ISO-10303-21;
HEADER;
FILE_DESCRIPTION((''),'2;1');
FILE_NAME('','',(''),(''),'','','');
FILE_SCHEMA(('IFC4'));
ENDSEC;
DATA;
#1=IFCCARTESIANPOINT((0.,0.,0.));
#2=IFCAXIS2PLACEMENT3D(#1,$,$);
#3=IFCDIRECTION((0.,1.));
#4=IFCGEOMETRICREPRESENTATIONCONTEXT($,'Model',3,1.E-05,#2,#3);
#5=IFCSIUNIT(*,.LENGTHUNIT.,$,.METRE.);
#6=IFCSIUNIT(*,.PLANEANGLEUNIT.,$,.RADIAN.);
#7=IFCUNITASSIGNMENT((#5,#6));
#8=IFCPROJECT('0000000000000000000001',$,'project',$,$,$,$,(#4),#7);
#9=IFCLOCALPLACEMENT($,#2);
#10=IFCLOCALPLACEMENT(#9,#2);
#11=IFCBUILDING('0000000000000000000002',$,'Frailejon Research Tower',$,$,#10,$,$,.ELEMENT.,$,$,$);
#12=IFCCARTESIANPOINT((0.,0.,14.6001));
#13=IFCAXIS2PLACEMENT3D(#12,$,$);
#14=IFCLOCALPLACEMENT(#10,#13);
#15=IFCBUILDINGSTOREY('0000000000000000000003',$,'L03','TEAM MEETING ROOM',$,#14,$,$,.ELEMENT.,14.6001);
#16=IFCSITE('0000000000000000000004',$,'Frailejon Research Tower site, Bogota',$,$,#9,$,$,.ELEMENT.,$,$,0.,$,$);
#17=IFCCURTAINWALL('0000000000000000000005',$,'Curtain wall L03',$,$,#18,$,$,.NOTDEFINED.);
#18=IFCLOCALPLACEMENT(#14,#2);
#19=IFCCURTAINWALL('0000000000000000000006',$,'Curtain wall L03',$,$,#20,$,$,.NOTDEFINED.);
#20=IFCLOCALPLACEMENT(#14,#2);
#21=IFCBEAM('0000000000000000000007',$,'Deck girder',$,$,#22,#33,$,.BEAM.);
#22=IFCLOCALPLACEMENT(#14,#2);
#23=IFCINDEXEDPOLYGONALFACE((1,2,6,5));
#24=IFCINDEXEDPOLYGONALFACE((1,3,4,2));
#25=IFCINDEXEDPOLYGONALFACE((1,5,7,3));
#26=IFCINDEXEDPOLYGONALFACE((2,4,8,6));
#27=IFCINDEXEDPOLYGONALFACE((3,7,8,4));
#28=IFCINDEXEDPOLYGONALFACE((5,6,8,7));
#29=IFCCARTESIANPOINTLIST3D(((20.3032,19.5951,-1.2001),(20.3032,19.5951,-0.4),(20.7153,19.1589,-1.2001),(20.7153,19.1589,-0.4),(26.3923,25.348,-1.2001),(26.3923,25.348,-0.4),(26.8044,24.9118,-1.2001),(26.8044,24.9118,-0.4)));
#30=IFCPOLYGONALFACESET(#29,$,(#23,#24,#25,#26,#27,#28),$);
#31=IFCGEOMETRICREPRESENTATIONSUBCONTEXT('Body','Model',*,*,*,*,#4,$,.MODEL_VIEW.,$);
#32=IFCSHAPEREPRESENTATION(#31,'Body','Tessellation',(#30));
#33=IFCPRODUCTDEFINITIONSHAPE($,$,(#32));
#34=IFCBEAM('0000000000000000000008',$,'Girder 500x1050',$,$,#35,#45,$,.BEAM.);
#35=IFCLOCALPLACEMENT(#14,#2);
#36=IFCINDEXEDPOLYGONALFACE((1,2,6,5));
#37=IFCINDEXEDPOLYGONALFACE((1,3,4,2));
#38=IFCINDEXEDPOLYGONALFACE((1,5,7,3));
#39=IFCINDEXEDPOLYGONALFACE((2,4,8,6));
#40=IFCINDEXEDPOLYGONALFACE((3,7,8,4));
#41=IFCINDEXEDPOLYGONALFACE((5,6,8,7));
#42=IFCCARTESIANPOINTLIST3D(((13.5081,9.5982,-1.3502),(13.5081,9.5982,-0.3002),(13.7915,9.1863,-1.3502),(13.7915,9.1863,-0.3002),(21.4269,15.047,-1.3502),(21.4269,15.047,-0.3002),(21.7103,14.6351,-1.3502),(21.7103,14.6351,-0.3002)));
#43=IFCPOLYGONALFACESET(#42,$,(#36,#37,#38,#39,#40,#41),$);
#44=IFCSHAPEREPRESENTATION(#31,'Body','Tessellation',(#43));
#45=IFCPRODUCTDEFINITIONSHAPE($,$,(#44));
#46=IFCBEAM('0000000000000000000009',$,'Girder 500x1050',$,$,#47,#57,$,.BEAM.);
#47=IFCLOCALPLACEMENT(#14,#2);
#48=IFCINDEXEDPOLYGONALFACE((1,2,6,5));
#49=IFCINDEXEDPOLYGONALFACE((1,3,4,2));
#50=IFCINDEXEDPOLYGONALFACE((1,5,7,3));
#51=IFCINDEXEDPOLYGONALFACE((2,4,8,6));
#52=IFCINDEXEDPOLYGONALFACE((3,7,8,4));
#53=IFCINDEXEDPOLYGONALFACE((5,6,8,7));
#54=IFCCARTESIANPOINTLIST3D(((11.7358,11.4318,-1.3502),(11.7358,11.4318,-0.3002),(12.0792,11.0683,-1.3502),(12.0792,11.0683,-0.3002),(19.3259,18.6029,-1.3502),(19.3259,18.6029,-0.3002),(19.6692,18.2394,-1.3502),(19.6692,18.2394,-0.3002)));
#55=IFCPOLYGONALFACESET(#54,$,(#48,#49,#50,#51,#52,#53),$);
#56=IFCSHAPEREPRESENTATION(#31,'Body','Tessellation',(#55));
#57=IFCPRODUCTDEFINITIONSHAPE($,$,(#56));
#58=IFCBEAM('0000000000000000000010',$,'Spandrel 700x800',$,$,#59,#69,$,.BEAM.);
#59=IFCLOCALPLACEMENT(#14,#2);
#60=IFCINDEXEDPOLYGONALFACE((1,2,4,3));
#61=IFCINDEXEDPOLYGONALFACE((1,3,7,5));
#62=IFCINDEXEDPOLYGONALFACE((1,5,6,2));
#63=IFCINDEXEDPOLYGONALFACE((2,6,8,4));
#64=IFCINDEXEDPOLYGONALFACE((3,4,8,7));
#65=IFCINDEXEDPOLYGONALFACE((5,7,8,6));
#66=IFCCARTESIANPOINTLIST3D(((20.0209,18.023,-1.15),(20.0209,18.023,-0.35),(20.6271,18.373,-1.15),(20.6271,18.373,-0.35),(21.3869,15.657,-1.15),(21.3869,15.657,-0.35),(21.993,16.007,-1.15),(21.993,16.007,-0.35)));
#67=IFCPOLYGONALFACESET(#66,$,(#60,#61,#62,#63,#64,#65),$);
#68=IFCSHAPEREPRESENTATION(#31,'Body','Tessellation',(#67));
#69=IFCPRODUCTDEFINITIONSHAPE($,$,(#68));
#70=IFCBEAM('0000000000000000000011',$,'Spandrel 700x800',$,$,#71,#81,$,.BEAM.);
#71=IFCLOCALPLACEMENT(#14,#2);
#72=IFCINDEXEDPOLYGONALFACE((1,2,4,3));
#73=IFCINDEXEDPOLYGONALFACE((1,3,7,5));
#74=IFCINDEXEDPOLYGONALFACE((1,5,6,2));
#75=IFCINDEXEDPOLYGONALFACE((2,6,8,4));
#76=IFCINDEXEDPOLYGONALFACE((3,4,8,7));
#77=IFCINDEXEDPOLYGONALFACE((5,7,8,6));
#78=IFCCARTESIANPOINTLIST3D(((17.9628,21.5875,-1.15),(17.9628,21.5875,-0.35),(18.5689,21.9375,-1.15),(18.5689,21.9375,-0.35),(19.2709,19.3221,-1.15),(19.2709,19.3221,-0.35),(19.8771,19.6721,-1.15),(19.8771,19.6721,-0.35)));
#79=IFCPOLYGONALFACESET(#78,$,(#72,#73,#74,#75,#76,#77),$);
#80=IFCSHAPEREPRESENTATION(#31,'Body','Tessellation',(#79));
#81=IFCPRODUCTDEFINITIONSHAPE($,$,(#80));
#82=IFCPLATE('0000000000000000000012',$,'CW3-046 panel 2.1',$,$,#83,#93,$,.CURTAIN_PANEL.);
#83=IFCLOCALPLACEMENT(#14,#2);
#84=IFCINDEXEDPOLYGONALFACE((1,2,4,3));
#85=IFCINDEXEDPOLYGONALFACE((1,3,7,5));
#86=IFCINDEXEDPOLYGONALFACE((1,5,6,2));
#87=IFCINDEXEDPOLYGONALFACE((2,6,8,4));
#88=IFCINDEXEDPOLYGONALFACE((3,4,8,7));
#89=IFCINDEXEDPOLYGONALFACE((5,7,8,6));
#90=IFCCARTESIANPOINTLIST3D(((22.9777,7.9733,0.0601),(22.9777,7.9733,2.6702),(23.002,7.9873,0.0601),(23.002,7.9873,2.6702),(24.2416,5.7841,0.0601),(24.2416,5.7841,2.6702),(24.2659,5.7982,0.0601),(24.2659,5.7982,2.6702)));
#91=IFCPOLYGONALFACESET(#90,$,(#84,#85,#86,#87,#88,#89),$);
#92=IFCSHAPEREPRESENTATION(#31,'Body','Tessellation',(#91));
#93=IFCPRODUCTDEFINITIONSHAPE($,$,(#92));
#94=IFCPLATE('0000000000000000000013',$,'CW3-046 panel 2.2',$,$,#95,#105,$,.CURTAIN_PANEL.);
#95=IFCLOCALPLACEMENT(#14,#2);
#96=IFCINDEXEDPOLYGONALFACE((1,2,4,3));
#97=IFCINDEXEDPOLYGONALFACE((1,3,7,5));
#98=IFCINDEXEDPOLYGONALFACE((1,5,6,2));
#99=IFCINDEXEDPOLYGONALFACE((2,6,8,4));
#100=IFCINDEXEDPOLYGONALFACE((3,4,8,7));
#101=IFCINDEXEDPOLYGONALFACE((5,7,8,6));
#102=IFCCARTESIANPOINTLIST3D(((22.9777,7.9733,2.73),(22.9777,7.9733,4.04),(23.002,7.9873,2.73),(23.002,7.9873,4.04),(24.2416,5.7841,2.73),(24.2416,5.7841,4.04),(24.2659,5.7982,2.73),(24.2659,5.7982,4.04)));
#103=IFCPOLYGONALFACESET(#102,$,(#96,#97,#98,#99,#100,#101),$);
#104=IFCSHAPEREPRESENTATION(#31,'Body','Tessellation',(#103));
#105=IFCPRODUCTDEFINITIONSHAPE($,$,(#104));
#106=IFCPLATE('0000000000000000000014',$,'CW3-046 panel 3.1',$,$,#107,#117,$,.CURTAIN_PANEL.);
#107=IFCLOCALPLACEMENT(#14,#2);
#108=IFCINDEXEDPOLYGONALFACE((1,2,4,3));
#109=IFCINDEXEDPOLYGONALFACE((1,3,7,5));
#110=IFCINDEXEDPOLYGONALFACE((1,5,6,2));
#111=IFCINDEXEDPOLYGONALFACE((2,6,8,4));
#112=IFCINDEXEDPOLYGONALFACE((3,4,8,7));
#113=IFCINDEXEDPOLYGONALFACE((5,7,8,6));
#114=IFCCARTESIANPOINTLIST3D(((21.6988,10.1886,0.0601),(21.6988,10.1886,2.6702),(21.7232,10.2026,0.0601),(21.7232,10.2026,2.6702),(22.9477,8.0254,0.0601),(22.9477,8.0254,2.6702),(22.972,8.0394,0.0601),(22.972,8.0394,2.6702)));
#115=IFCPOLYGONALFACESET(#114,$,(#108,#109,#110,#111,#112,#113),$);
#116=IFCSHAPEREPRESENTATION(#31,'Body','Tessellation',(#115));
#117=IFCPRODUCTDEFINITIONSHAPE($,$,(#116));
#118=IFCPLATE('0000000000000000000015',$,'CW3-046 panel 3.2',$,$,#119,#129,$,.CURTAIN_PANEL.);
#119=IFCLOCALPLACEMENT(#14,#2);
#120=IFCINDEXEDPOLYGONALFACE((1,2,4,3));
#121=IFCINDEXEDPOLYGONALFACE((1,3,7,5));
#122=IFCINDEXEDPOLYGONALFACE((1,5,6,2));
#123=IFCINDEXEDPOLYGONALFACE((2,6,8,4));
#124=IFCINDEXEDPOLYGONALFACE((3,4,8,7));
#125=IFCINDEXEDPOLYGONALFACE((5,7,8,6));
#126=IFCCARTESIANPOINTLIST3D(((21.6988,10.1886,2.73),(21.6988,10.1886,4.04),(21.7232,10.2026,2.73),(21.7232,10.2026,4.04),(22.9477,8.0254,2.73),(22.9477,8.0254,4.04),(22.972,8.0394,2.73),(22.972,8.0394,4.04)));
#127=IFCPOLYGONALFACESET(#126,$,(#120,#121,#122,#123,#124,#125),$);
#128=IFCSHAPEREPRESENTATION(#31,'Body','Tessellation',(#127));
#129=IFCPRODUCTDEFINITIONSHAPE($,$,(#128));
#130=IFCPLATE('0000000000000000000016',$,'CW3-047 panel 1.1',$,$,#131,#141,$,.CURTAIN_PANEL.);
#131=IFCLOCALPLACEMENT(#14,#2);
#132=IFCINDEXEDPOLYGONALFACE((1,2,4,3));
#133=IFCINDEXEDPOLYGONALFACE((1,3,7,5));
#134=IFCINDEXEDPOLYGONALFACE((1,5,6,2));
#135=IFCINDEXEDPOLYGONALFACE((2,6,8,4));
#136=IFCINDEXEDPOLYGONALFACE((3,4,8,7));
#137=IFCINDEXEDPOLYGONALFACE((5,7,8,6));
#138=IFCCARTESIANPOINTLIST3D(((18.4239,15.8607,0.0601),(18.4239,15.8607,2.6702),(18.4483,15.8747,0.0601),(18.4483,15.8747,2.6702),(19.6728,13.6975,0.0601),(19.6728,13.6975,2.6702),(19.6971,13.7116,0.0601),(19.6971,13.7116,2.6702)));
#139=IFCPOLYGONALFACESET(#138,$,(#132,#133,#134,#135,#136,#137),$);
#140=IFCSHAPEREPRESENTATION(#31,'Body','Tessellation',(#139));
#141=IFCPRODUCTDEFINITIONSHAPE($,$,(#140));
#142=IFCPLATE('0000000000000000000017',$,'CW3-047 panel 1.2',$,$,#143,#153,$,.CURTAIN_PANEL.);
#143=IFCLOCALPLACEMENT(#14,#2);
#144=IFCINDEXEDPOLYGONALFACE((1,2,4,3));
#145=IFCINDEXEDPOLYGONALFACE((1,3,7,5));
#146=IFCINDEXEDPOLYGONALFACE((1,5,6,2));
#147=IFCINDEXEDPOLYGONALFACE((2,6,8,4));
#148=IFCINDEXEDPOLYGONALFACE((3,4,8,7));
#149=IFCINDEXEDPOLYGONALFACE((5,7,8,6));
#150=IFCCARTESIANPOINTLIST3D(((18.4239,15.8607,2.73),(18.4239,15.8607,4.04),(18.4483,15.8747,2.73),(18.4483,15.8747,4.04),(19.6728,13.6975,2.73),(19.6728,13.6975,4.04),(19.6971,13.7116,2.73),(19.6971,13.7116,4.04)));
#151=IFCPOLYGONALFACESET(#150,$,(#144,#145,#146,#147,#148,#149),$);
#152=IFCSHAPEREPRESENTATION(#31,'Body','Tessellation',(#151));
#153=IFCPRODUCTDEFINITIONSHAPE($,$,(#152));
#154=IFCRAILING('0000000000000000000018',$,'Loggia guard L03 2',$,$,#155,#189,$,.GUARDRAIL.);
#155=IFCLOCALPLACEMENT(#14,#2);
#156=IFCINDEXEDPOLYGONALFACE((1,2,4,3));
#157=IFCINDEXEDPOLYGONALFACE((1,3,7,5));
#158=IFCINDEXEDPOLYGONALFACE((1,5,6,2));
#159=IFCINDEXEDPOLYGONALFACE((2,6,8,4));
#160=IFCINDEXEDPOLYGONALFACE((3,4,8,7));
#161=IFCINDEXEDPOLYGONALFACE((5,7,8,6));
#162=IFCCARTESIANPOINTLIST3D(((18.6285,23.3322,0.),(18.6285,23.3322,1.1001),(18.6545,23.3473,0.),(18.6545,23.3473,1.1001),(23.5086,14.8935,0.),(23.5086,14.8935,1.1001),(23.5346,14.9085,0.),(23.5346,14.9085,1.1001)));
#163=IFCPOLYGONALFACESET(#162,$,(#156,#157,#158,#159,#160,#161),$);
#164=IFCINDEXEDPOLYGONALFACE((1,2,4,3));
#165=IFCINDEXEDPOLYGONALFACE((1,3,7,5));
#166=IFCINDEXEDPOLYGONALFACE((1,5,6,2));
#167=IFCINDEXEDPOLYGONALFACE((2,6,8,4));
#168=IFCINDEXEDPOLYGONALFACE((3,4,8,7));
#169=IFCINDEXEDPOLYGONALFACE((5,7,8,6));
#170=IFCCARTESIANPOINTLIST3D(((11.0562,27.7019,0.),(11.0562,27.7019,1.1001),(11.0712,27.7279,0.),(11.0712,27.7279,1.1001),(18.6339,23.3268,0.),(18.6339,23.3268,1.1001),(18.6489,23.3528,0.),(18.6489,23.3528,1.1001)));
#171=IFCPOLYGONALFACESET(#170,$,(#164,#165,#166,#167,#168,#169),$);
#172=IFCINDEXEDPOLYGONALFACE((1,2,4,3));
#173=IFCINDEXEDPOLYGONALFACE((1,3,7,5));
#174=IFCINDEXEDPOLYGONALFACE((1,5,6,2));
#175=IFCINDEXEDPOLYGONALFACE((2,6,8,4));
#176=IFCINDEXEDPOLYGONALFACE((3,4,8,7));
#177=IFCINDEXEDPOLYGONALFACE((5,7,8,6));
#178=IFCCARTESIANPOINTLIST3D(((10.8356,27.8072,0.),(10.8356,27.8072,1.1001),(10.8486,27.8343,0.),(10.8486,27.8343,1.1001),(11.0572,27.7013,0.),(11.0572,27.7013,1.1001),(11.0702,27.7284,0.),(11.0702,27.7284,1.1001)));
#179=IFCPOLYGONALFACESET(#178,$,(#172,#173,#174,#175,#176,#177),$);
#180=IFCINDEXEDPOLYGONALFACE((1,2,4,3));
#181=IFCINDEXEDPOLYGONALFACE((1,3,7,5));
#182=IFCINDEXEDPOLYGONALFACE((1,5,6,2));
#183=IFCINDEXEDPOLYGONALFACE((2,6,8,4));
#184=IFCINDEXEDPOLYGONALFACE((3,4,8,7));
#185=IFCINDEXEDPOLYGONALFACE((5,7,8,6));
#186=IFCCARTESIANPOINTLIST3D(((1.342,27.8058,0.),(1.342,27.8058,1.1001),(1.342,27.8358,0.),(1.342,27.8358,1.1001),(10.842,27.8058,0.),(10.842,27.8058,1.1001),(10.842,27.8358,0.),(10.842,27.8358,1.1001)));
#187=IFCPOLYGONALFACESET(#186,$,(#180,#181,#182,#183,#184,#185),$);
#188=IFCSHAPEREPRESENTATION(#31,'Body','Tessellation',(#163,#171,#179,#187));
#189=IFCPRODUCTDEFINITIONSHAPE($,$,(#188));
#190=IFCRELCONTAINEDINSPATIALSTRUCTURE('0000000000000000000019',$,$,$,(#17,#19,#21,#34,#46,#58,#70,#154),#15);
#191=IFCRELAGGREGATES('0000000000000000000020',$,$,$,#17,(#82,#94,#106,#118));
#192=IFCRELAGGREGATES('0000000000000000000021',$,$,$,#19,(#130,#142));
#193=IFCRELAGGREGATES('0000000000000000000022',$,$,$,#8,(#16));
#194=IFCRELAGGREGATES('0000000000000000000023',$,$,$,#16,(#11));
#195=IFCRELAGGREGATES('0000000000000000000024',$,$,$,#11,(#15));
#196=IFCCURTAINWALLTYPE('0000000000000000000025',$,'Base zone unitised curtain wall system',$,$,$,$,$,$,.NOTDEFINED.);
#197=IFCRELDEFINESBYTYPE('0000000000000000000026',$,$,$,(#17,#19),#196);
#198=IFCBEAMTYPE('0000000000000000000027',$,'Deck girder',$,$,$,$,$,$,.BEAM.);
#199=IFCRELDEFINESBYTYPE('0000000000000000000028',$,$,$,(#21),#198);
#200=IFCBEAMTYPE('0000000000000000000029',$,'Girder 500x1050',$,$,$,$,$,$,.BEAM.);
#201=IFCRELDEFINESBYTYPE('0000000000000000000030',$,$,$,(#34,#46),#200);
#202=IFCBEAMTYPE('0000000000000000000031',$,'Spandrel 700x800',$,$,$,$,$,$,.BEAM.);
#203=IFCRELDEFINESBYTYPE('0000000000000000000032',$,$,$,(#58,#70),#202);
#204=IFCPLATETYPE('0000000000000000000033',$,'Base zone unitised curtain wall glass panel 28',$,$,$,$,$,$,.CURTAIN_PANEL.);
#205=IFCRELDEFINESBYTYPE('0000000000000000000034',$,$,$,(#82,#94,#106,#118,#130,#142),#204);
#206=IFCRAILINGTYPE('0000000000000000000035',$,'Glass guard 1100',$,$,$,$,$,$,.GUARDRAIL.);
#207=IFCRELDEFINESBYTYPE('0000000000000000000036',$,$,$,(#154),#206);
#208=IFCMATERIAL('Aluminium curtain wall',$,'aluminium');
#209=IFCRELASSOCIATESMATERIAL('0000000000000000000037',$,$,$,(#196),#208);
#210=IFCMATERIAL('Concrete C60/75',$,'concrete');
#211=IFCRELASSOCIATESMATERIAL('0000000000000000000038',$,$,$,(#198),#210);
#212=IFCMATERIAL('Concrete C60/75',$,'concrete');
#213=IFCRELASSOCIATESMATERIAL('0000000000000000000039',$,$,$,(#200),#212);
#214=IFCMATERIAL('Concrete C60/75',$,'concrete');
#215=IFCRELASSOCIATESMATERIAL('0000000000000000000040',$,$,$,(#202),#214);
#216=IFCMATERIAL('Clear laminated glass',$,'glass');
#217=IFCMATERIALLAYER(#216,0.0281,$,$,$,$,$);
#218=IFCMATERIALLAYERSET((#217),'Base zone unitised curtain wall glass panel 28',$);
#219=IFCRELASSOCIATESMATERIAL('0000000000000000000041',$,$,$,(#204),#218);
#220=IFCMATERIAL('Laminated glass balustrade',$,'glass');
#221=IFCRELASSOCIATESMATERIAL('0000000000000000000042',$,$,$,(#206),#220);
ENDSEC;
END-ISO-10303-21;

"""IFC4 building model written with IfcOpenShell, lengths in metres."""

from ifc_helpers import new_model, si_unit, direction, frame, origin, origin_2d, place, context, subcontext, project, spatial, rectangle, extrude, material, layer, layer_set, material_profile, profile_set, type_object, element, aggregate, save


model = new_model("IFC4")

# Units and contexts
model_context = context("Model", 3, precision=1e-05, world=origin(), true_north=direction((0.0, 1.0)))
body_context = subcontext(model_context, "Body", "Model", "MODEL_VIEW")
ifc_project = project(units=[si_unit("LENGTHUNIT", "METRE"), si_unit("PLANEANGLEUNIT", "RADIAN")], contexts=[model_context])

# Site, building, storey
site_placement = place(None, origin())
site = spatial("IfcSite", under=ifc_project, at=site_placement, Name="Frailejon Research Tower site, Bogota", CompositionType="ELEMENT", RefElevation=0.0)
building_placement = place(site_placement, origin())
building = spatial("IfcBuilding", under=site, at=building_placement, Name="Frailejon Research Tower", CompositionType="ELEMENT")
storey_placement = place(building_placement, frame((0.0, 0.0, 14.6001)))
storey = spatial("IfcBuildingStorey", under=building, at=storey_placement, Name="L03", Description="TEAM MEETING ROOM", CompositionType="ELEMENT", Elevation=14.6001)

# Curtain walls
ifc_material_1 = material(Name="Aluminium curtain wall", Category="aluminium")
curtain_wall_type = type_object("IfcCurtainWallType", Name="Base zone unitised curtain wall system", PredefinedType="NOTDEFINED", material=ifc_material_1)
curtain_wall_1_placement = place(storey_placement, origin())
curtain_wall_1 = element("IfcCurtainWall", 1, at=curtain_wall_1_placement, inside=storey, type_object=curtain_wall_type, Name="Curtain wall L03", PredefinedType="NOTDEFINED")
curtain_wall_2_placement = place(storey_placement, origin())
curtain_wall_2 = element("IfcCurtainWall", 2, at=curtain_wall_2_placement, inside=storey, type_object=curtain_wall_type, Name="Curtain wall L03", PredefinedType="NOTDEFINED")

# Beams
ifc_material_2 = material(Name="Concrete C60/75", Category="concrete")
ifc_material_profile_1 = material_profile(ifc_material_2, rectangle(XDim=0.6001, YDim=0.8, at=origin_2d()), Name="Deck girder")
ifc_profile_set_1 = profile_set([ifc_material_profile_1], Name="Concrete C60/75")
beam_type_1 = type_object("IfcBeamType", Name="Deck girder", PredefinedType="BEAM", material=ifc_profile_set_1)
beam_1_placement = place(storey_placement, frame((20.5093, 19.377, -0.8), z_axis=(0.726888, 0.686756, 0.0), x_axis=(-0.686756, 0.726888, 0.0)))
element("IfcBeam", 3, at=beam_1_placement, inside=storey, type_object=beam_type_1, Name="Deck girder", PredefinedType="BEAM", context=body_context, shape_type="SweptSolid", body=[
    extrude(rectangle(XDim=0.6001, YDim=0.8, at=origin_2d()), origin(), (0.0, 0.0, 1.0), 8.377),
])
ifc_material_3 = material(Name="Concrete C60/75", Category="concrete")
ifc_material_profile_2 = material_profile(ifc_material_3, rectangle(XDim=0.5, YDim=1.05, at=origin_2d()), Name="Girder 500x1050")
ifc_profile_set_2 = profile_set([ifc_material_profile_2], Name="Concrete C60/75")
beam_type_2 = type_object("IfcBeamType", Name="Girder 500x1050", PredefinedType="BEAM", material=ifc_profile_set_2)
beam_2_placement = place(storey_placement, frame((21.5686, 14.8411, -0.8252), z_axis=(-0.823817, -0.566855, 0.0), x_axis=(0.566855, -0.823817, 0.0)))
element("IfcBeam", 4, at=beam_2_placement, inside=storey, type_object=beam_type_2, Name="Girder 500x1050", PredefinedType="BEAM", context=body_context, shape_type="SweptSolid", body=[
    extrude(rectangle(XDim=0.5, YDim=1.05, at=origin_2d()), origin(), (0.0, 0.0, 1.0), 9.6123),
])
beam_3_placement = place(storey_placement, frame((19.4976, 18.4211, -0.8252), z_axis=(-0.726883, -0.686762, 0.0), x_axis=(0.686762, -0.726883, 0.0)))
element("IfcBeam", 5, at=beam_3_placement, inside=storey, type_object=beam_type_2, Name="Girder 500x1050", PredefinedType="BEAM", context=body_context, shape_type="SweptSolid", body=[
    extrude(rectangle(XDim=0.5, YDim=1.05, at=origin_2d()), origin(), (0.0, 0.0, 1.0), 10.4419),
])
ifc_material_4 = material(Name="Concrete C60/75", Category="concrete")
ifc_material_profile_3 = material_profile(ifc_material_4, rectangle(XDim=0.7, YDim=0.8, at=origin_2d()), Name="Spandrel 700x800")
ifc_profile_set_3 = profile_set([ifc_material_profile_3], Name="Concrete C60/75")
beam_type_3 = type_object("IfcBeamType", Name="Spandrel 700x800", PredefinedType="BEAM", material=ifc_profile_set_3)
beam_4_placement = place(storey_placement, frame((21.6899, 15.832, -0.75), z_axis=(-0.499993, 0.866029, 0.0), x_axis=(-0.866029, -0.499993, 0.0)))
element("IfcBeam", 6, at=beam_4_placement, inside=storey, type_object=beam_type_3, Name="Spandrel 700x800", PredefinedType="BEAM", context=body_context, shape_type="SweptSolid", body=[
    extrude(rectangle(XDim=0.7, YDim=0.8, at=origin_2d()), origin(), (0.0, 0.0, 1.0), 2.7319),
])
beam_5_placement = place(storey_placement, frame((19.574, 19.4971, -0.75), z_axis=(-0.500054, 0.865994, 0.0), x_axis=(-0.865994, -0.500054, 0.0)))
element("IfcBeam", 7, at=beam_5_placement, inside=storey, type_object=beam_type_3, Name="Spandrel 700x800", PredefinedType="BEAM", context=body_context, shape_type="SweptSolid", body=[
    extrude(rectangle(XDim=0.7, YDim=0.8, at=origin_2d()), origin(), (0.0, 0.0, 1.0), 2.616),
])

# Plates
ifc_material_5 = material(Name="Clear laminated glass", Category="glass")
ifc_layer_1 = layer(ifc_material_5, 0.0281)
ifc_layer_set_1 = layer_set([ifc_layer_1], Name="Base zone unitised curtain wall glass panel 28")
plate_type = type_object("IfcPlateType", Name="Base zone unitised curtain wall glass panel 28", PredefinedType="CURTAIN_PANEL", material=ifc_layer_set_1)
plate_1_placement = place(storey_placement, frame((23.6218, 6.8857, 0.0601), z_axis=(0.0, 0.0, 1.0), x_axis=(-0.499993, 0.866029, 0.0)))
plate_1 = element("IfcPlate", 8, at=plate_1_placement, type_object=plate_type, Name="CW3-046 panel 2.1", PredefinedType="CURTAIN_PANEL", context=body_context, shape_type="SweptSolid", body=[
    extrude(rectangle(XDim=2.5278, YDim=0.0281, at=origin_2d()), origin(), (0.0, 0.0, 1.0), 2.6101),
])
plate_2_placement = place(storey_placement, frame((23.6218, 6.8857, 2.73), z_axis=(0.0, 0.0, 1.0), x_axis=(-0.499993, 0.866029, 0.0)))
plate_2 = element("IfcPlate", 9, at=plate_2_placement, type_object=plate_type, Name="CW3-046 panel 2.2", PredefinedType="CURTAIN_PANEL", context=body_context, shape_type="SweptSolid", body=[
    extrude(rectangle(XDim=2.5278, YDim=0.0281, at=origin_2d()), origin(), (0.0, 0.0, 1.0), 1.3101),
])
plate_3_placement = place(storey_placement, frame((22.3354, 9.114, 0.0601), z_axis=(0.0, 0.0, 1.0), x_axis=(-0.499993, 0.866029, 0.0)))
plate_3 = element("IfcPlate", 10, at=plate_3_placement, type_object=plate_type, Name="CW3-046 panel 3.1", PredefinedType="CURTAIN_PANEL", context=body_context, shape_type="SweptSolid", body=[
    extrude(rectangle(XDim=2.4978, YDim=0.0281, at=origin_2d()), origin(), (0.0, 0.0, 1.0), 2.6101),
])
plate_4_placement = place(storey_placement, frame((22.3354, 9.114, 2.73), z_axis=(0.0, 0.0, 1.0), x_axis=(-0.499993, 0.866029, 0.0)))
plate_4 = element("IfcPlate", 11, at=plate_4_placement, type_object=plate_type, Name="CW3-046 panel 3.2", PredefinedType="CURTAIN_PANEL", context=body_context, shape_type="SweptSolid", body=[
    extrude(rectangle(XDim=2.4978, YDim=0.0281, at=origin_2d()), origin(), (0.0, 0.0, 1.0), 1.3101),
])
aggregate(curtain_wall_1, [plate_1, plate_2, plate_3, plate_4])
plate_5_placement = place(storey_placement, frame((19.0605, 14.7861, 0.0601), z_axis=(0.0, 0.0, 1.0), x_axis=(-0.499993, 0.866029, 0.0)))
plate_5 = element("IfcPlate", 12, at=plate_5_placement, type_object=plate_type, Name="CW3-047 panel 1.1", PredefinedType="CURTAIN_PANEL", context=body_context, shape_type="SweptSolid", body=[
    extrude(rectangle(XDim=2.4978, YDim=0.0281, at=origin_2d()), origin(), (0.0, 0.0, 1.0), 2.6101),
])
plate_6_placement = place(storey_placement, frame((19.0605, 14.7861, 2.73), z_axis=(0.0, 0.0, 1.0), x_axis=(-0.499993, 0.866029, 0.0)))
plate_6 = element("IfcPlate", 13, at=plate_6_placement, type_object=plate_type, Name="CW3-047 panel 1.2", PredefinedType="CURTAIN_PANEL", context=body_context, shape_type="SweptSolid", body=[
    extrude(rectangle(XDim=2.4978, YDim=0.0281, at=origin_2d()), origin(), (0.0, 0.0, 1.0), 1.3101),
])
aggregate(curtain_wall_2, [plate_5, plate_6])

# Railing
ifc_material_6 = material(Name="Laminated glass balustrade", Category="glass")
railing_type = type_object("IfcRailingType", Name="Glass guard 1100", PredefinedType="GUARDRAIL", material=ifc_material_6)
railing_placement = place(storey_placement, frame((23.5215, 14.9011, 0.0)))
element("IfcRailing", 14, at=railing_placement, inside=storey, type_object=railing_type, Name="Loggia guard L03 2", PredefinedType="GUARDRAIL", context=body_context, shape_type="SweptSolid", body=[
    extrude(rectangle(XDim=9.7483, YDim=0.03, at=origin_2d()), frame((-2.4399, 4.2192, 0.0), z_axis=(0.0, 0.0, 1.0), x_axis=(-0.500618, 0.865669, 0.0)), (0.0, 0.0, 1.0), 1.1001),
    extrude(rectangle(XDim=8.75, YDim=0.03, at=origin_2d()), frame((-8.6689, 10.6262, 0.0), z_axis=(0.0, 0.0, 1.0), x_axis=(-0.866023, 0.500004, 0.0)), (0.0, 0.0, 1.0), 1.1001),
    extrude(rectangle(XDim=0.2456, YDim=0.03, at=origin_2d()), frame((-12.5686, 12.8667, 0.0), z_axis=(0.0, 0.0, 1.0), x_axis=(-0.902235, 0.431245, 0.0)), (0.0, 0.0, 1.0), 1.1001),
    extrude(rectangle(XDim=9.5, YDim=0.03, at=origin_2d()), frame((-17.4294, 12.9197, 0.0), z_axis=(0.0, 0.0, 1.0), x_axis=(-1.0, 0.0, 0.0)), (0.0, 0.0, 1.0), 1.1001),
])

save(model, "model.ifc")
